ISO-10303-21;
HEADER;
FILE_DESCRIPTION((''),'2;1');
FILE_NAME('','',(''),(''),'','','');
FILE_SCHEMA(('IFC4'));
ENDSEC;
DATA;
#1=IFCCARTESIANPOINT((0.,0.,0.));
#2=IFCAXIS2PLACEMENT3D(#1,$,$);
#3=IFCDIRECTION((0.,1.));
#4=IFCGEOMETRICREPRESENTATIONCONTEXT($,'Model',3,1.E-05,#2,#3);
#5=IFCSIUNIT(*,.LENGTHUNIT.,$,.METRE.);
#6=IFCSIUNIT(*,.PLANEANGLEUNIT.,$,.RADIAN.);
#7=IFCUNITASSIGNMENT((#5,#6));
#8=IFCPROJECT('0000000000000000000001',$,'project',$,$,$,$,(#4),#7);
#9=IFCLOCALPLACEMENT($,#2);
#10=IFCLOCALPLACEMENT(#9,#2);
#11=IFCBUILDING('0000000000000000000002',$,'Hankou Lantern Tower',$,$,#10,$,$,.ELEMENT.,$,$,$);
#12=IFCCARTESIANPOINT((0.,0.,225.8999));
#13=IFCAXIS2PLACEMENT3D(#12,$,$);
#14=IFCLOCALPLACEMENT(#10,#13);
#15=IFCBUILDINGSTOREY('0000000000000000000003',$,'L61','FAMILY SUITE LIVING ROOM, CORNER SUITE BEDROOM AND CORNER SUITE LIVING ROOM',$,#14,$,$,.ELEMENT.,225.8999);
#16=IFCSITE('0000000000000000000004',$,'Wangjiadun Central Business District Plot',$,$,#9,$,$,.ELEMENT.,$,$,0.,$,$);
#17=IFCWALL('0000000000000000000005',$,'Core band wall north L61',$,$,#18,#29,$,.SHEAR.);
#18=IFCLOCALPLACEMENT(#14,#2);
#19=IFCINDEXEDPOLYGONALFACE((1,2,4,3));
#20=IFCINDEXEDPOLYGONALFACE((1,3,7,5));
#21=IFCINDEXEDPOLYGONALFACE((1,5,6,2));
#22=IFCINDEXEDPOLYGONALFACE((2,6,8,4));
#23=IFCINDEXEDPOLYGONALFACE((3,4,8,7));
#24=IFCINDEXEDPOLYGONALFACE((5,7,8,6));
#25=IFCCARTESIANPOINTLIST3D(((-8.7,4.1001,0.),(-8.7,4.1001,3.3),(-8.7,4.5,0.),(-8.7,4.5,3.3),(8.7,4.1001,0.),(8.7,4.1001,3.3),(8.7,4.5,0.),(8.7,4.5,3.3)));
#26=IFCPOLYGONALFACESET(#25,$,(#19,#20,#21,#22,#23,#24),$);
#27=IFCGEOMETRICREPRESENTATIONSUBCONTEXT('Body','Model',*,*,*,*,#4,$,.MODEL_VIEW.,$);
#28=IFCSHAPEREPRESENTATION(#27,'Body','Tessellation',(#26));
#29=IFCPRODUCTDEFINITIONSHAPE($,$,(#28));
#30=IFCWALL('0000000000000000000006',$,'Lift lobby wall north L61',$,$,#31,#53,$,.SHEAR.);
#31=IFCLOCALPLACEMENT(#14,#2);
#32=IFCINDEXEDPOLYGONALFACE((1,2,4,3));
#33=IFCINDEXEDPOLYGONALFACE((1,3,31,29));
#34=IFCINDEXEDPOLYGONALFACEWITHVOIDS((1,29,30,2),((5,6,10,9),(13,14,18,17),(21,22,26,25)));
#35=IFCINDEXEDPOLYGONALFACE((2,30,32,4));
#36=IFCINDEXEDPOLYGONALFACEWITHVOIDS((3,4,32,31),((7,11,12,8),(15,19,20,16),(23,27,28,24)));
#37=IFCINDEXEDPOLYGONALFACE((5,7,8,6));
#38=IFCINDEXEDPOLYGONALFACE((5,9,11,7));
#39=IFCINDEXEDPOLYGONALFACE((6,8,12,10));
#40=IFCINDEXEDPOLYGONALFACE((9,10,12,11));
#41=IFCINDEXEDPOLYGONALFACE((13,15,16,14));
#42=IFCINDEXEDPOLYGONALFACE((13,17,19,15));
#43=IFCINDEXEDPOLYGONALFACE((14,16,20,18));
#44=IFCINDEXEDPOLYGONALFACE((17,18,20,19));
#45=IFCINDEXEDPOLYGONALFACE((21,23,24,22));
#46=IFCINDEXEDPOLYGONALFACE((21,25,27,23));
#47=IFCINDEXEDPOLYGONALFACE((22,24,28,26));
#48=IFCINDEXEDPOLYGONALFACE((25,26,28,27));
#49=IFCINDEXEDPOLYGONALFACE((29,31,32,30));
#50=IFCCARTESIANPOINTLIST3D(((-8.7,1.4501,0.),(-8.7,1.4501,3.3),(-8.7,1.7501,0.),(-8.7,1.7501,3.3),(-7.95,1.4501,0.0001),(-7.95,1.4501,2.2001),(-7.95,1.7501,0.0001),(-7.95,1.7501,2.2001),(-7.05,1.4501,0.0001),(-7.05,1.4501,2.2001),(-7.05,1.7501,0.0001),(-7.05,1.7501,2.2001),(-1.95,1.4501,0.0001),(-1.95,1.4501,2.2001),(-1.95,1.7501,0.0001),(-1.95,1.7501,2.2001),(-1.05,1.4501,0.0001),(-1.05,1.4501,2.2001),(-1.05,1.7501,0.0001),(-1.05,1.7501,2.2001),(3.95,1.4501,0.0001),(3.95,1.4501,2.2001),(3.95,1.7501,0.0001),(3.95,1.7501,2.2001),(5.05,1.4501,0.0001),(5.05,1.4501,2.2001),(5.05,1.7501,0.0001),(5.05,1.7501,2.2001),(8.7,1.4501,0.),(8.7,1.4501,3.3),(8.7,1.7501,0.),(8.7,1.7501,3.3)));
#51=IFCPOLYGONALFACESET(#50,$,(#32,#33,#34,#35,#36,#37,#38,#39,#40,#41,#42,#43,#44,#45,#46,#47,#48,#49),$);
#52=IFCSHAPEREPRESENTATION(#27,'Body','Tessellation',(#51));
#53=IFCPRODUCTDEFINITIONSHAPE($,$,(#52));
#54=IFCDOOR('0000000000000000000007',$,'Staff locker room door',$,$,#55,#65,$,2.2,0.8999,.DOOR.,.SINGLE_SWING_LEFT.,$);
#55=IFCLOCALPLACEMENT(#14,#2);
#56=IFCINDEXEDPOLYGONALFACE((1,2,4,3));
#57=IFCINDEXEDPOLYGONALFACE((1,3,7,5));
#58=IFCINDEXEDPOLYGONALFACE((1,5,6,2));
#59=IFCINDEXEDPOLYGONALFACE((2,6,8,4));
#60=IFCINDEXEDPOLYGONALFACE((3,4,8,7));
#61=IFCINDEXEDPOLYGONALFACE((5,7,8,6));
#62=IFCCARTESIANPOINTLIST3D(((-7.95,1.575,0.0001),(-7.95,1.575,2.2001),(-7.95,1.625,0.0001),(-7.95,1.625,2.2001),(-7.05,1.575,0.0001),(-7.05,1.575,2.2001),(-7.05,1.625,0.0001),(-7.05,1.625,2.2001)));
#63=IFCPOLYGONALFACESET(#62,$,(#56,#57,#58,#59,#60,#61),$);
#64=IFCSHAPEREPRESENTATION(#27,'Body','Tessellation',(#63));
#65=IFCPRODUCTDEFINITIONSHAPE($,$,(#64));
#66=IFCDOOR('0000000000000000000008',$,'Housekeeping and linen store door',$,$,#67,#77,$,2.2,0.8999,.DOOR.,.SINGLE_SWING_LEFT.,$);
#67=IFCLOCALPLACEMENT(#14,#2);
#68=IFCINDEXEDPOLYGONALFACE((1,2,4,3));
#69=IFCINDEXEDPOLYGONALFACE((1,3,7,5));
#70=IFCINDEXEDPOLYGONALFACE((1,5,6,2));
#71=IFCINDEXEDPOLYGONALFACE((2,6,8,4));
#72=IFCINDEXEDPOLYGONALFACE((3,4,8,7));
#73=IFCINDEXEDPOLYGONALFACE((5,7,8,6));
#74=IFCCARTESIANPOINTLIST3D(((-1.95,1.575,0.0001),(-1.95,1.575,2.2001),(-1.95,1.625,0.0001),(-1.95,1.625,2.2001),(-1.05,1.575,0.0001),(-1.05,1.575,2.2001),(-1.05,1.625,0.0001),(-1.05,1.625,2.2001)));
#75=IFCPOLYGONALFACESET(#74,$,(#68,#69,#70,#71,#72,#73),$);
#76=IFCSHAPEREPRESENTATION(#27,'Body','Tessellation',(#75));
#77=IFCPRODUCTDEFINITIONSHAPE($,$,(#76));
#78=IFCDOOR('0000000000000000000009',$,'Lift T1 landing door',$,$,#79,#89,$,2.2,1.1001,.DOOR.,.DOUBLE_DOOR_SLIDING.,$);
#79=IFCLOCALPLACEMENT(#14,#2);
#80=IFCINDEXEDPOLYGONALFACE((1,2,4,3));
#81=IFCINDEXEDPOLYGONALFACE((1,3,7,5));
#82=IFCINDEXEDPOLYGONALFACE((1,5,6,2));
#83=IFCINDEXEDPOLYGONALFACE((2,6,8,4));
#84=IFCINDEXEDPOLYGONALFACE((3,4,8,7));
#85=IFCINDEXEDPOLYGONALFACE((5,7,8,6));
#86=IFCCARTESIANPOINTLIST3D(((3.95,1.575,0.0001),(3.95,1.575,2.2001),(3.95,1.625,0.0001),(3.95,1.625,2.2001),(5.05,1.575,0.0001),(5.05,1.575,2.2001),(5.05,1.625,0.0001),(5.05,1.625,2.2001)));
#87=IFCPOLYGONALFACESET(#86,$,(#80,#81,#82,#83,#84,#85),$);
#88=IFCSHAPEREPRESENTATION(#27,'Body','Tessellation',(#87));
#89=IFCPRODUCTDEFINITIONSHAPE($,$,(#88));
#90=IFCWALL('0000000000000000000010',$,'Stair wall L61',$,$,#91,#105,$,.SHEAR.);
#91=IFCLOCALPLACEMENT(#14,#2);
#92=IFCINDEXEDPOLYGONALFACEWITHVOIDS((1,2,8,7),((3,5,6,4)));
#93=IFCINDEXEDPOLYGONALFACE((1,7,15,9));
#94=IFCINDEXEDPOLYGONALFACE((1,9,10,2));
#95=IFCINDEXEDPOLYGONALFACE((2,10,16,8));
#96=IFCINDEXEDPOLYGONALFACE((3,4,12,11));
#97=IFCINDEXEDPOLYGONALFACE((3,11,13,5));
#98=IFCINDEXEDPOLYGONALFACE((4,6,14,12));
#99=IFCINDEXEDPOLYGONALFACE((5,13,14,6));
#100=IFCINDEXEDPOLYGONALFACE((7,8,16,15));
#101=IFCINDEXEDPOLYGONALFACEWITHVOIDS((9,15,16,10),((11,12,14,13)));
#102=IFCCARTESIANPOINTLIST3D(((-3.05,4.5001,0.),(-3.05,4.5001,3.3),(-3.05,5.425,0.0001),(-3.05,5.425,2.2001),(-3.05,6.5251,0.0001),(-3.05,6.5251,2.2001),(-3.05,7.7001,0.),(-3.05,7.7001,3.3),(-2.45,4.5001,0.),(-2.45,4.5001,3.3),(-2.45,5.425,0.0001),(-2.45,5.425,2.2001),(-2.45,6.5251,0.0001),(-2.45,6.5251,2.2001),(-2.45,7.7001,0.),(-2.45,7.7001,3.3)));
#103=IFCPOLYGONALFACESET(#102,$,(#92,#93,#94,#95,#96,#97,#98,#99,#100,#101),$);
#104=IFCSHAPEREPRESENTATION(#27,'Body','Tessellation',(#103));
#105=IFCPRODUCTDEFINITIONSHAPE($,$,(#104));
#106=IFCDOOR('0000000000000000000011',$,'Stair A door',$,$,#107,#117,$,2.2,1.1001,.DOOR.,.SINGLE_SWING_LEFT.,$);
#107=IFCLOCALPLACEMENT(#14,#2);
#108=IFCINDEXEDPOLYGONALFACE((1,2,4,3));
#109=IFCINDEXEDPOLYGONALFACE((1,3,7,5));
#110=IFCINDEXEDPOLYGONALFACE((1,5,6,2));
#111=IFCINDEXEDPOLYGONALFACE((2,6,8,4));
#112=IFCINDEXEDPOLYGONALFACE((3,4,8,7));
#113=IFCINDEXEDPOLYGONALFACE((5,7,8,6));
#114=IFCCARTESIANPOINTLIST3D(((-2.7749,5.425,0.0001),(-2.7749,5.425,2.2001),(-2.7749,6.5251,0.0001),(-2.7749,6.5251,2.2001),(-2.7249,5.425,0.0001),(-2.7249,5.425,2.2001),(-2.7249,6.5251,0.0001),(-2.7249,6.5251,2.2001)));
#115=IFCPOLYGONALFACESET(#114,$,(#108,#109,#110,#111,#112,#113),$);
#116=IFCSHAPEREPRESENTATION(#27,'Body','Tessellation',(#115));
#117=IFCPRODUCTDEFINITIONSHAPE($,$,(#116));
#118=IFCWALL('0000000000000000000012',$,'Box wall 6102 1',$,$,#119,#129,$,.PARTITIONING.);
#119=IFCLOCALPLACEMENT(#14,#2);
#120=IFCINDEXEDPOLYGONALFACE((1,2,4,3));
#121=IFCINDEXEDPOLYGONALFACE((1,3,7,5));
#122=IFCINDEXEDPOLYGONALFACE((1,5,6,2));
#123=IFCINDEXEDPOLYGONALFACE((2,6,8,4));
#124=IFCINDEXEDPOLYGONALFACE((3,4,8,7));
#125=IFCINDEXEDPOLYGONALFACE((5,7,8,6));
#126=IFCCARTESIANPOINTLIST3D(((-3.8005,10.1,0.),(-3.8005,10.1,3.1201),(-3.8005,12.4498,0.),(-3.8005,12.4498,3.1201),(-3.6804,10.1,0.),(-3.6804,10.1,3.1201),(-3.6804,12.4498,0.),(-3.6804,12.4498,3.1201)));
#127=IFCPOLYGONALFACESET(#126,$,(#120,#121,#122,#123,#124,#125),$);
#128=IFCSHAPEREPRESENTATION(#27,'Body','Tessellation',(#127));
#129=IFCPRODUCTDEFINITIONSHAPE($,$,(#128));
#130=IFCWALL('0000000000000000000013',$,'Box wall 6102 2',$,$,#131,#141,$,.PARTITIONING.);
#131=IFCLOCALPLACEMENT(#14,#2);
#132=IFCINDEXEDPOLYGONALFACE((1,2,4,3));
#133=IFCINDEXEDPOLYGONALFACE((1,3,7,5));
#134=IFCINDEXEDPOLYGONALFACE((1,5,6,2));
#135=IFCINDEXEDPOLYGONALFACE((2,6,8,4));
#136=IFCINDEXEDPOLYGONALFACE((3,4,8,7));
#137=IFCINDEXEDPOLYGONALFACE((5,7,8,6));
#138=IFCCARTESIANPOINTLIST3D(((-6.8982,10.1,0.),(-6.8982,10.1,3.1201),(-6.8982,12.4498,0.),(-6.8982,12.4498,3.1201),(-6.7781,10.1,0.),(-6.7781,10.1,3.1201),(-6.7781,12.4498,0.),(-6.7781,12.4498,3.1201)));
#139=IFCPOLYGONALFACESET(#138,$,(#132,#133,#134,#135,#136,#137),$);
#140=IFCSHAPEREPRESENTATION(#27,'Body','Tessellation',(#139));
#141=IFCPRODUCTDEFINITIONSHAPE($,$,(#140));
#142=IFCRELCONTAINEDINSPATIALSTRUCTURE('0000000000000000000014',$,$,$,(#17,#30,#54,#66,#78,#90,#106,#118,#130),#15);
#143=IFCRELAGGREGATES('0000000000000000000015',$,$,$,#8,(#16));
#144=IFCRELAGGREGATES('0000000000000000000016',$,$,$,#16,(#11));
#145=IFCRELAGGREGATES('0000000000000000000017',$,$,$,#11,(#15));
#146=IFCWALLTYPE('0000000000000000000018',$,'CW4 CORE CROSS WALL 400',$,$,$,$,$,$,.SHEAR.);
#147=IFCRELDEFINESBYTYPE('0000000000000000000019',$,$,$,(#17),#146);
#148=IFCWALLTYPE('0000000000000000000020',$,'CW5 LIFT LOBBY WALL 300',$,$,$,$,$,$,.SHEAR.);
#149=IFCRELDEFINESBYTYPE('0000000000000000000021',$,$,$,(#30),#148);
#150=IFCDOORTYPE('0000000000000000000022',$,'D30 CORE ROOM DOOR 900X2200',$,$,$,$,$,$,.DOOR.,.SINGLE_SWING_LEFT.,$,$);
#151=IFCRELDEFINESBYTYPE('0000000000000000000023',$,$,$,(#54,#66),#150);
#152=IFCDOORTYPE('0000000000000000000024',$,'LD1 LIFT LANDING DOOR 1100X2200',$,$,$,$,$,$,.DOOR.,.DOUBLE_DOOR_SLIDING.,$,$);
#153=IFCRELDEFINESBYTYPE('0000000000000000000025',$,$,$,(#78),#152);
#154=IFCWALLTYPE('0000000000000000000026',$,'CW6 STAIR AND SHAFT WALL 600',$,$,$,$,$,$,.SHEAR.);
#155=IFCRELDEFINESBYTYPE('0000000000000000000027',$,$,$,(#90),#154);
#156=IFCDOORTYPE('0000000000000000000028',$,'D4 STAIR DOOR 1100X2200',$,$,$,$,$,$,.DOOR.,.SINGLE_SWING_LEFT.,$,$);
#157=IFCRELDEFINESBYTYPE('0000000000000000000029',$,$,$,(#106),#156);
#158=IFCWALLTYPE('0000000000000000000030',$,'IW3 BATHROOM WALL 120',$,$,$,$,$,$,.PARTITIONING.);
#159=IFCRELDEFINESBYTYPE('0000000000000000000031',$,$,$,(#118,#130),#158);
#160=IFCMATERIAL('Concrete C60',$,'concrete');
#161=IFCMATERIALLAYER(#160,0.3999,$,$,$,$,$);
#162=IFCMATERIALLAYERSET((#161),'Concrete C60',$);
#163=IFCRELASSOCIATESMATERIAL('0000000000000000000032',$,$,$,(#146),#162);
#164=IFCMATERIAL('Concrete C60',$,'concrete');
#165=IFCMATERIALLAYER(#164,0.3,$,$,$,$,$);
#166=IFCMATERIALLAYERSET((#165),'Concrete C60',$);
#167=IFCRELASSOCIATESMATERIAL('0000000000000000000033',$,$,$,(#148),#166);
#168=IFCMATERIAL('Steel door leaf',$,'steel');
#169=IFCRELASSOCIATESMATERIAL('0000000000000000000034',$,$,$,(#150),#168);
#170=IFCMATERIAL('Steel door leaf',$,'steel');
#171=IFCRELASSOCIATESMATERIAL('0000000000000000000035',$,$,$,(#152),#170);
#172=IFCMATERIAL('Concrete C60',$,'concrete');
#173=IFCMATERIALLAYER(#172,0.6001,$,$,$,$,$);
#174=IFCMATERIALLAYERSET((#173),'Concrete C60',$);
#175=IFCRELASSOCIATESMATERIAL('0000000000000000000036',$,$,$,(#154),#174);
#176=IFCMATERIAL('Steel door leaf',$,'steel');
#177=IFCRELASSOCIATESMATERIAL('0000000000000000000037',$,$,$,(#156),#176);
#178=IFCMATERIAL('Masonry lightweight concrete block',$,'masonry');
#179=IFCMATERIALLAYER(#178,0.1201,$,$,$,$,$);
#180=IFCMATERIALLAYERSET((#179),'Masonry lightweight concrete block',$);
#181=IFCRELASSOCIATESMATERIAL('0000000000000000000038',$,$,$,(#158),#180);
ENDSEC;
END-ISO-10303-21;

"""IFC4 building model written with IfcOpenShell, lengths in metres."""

from ifc_helpers import new_model, si_unit, direction, frame, frame_2d, origin, place, context, subcontext, project, spatial, rectangle, extrude, material, layer, layer_set, type_object, element, fill, save


model = new_model("IFC4")

# Units and contexts
model_context = context("Model", 3, precision=1e-05, world=origin(), true_north=direction((0.0, 1.0)))
body_context = subcontext(model_context, "Body", "Model", "MODEL_VIEW")
ifc_project = project(units=[si_unit("LENGTHUNIT", "METRE"), si_unit("PLANEANGLEUNIT", "RADIAN")], contexts=[model_context])

# Site, building, storey
site_placement = place(None, origin())
site = spatial("IfcSite", under=ifc_project, at=site_placement, Name="Wangjiadun Central Business District Plot", CompositionType="ELEMENT", RefElevation=0.0)
building_placement = place(site_placement, origin())
building = spatial("IfcBuilding", under=site, at=building_placement, Name="Hankou Lantern Tower", CompositionType="ELEMENT")
storey_placement = place(building_placement, frame((0.0, 0.0, 225.8999)))
storey = spatial("IfcBuildingStorey", under=building, at=storey_placement, Name="L61", Description="FAMILY SUITE LIVING ROOM, CORNER SUITE BEDROOM AND CORNER SUITE LIVING ROOM", CompositionType="ELEMENT", Elevation=225.8999)

# Wall
ifc_material_1 = material(Name="Concrete C60", Category="concrete")
ifc_layer_1 = layer(ifc_material_1, 0.3999)
ifc_layer_set_1 = layer_set([ifc_layer_1], Name="Concrete C60")
wall_type_1 = type_object("IfcWallType", Name="CW4 CORE CROSS WALL 400", PredefinedType="SHEAR", material=ifc_layer_set_1)
wall_1_placement = place(storey_placement, frame((-8.7, 4.3, 0.0), z_axis=(0.0, 0.0, 1.0), x_axis=(1.0, 0.0, 0.0)))
element("IfcWall", 1, at=wall_1_placement, inside=storey, type_object=wall_type_1, Name="Core band wall north L61", PredefinedType="SHEAR", context=body_context, shape_type="SweptSolid", body=[
    extrude(rectangle(XDim=17.3999, YDim=0.3999, at=frame_2d((8.7, 0.0))), origin(), (0.0, 0.0, 1.0), 3.3),
])

# Wall, openings, doors
ifc_material_2 = material(Name="Concrete C60", Category="concrete")
ifc_layer_2 = layer(ifc_material_2, 0.3)
ifc_layer_set_2 = layer_set([ifc_layer_2], Name="Concrete C60")
wall_type_2 = type_object("IfcWallType", Name="CW5 LIFT LOBBY WALL 300", PredefinedType="SHEAR", material=ifc_layer_set_2)
wall_2_placement = place(storey_placement, frame((-8.7, 1.6001, 0.0), z_axis=(0.0, 0.0, 1.0), x_axis=(1.0, 0.0, 0.0)))
wall_2 = element("IfcWall", 2, at=wall_2_placement, inside=storey, type_object=wall_type_2, Name="Lift lobby wall north L61", PredefinedType="SHEAR", context=body_context, shape_type="SweptSolid", body=[
    extrude(rectangle(XDim=17.3999, YDim=0.3, at=frame_2d((8.7, 0.0))), origin(), (0.0, 0.0, 1.0), 3.3),
])
opening_1_placement = place(wall_2_placement, frame((12.6499, 0.0, 0.0)))
opening_1 = element("IfcOpeningElement", 3, at=opening_1_placement, cuts=wall_2, PredefinedType="OPENING", context=body_context, shape_type="SweptSolid", body=[
    extrude(rectangle(XDim=1.1001, YDim=2.2, at=frame_2d((0.55, 1.1001))), frame((0.0, 0.1599, 0.0), z_axis=(0.0, -1.0, 0.0), x_axis=(1.0, 0.0, 0.0)), (0.0, 0.0, 1.0), 0.3201),
])
opening_2_placement = place(wall_2_placement, frame((0.75, 0.0, 0.0)))
opening_2 = element("IfcOpeningElement", 4, at=opening_2_placement, cuts=wall_2, PredefinedType="OPENING", context=body_context, shape_type="SweptSolid", body=[
    extrude(rectangle(XDim=0.8999, YDim=2.2, at=frame_2d((0.45, 1.1001))), frame((0.0, 0.1599, 0.0), z_axis=(0.0, -1.0, 0.0), x_axis=(1.0, 0.0, 0.0)), (0.0, 0.0, 1.0), 0.3201),
])
opening_3_placement = place(wall_2_placement, frame((6.75, 0.0, 0.0)))
opening_3 = element("IfcOpeningElement", 5, at=opening_3_placement, cuts=wall_2, PredefinedType="OPENING", context=body_context, shape_type="SweptSolid", body=[
    extrude(rectangle(XDim=0.8999, YDim=2.2, at=frame_2d((0.45, 1.1001))), frame((0.0, 0.1599, 0.0), z_axis=(0.0, -1.0, 0.0), x_axis=(1.0, 0.0, 0.0)), (0.0, 0.0, 1.0), 0.3201),
])
ifc_material_3 = material(Name="Steel door leaf", Category="steel")
door_type_1 = type_object("IfcDoorType", Name="D30 CORE ROOM DOOR 900X2200", OperationType="SINGLE_SWING_LEFT", PredefinedType="DOOR", material=ifc_material_3)
door_1_placement = place(opening_2_placement, origin())
door_1 = element("IfcDoor", 6, at=door_1_placement, inside=storey, type_object=door_type_1, Name="Staff locker room door", OperationType="SINGLE_SWING_LEFT", OverallHeight=2.2, OverallWidth=0.8999, PredefinedType="DOOR", context=body_context, shape_type="SweptSolid", body=[
    extrude(rectangle(XDim=0.8999, YDim=2.2, at=frame_2d((0.45, 1.1001))), frame((0.0, 0.0249, 0.0), z_axis=(0.0, -1.0, 0.0), x_axis=(1.0, 0.0, 0.0)), (0.0, 0.0, 1.0), 0.05),
])
fill(opening_2, door_1)
door_2_placement = place(opening_3_placement, origin())
door_2 = element("IfcDoor", 7, at=door_2_placement, inside=storey, type_object=door_type_1, Name="Housekeeping and linen store door", OperationType="SINGLE_SWING_LEFT", OverallHeight=2.2, OverallWidth=0.8999, PredefinedType="DOOR", context=body_context, shape_type="SweptSolid", body=[
    extrude(rectangle(XDim=0.8999, YDim=2.2, at=frame_2d((0.45, 1.1001))), frame((0.0, 0.0249, 0.0), z_axis=(0.0, -1.0, 0.0), x_axis=(1.0, 0.0, 0.0)), (0.0, 0.0, 1.0), 0.05),
])
fill(opening_3, door_2)
ifc_material_4 = material(Name="Steel door leaf", Category="steel")
door_type_2 = type_object("IfcDoorType", Name="LD1 LIFT LANDING DOOR 1100X2200", OperationType="DOUBLE_DOOR_SLIDING", PredefinedType="DOOR", material=ifc_material_4)
door_3_placement = place(opening_1_placement, origin())
door_3 = element("IfcDoor", 8, at=door_3_placement, inside=storey, type_object=door_type_2, Name="Lift T1 landing door", OperationType="DOUBLE_DOOR_SLIDING", OverallHeight=2.2, OverallWidth=1.1001, PredefinedType="DOOR", context=body_context, shape_type="SweptSolid", body=[
    extrude(rectangle(XDim=1.1001, YDim=2.2, at=frame_2d((0.55, 1.1001))), frame((0.0, 0.0249, 0.0), z_axis=(0.0, -1.0, 0.0), x_axis=(1.0, 0.0, 0.0)), (0.0, 0.0, 1.0), 0.05),
])
fill(opening_1, door_3)

# Wall, opening, door
ifc_material_5 = material(Name="Concrete C60", Category="concrete")
ifc_layer_3 = layer(ifc_material_5, 0.6001)
ifc_layer_set_3 = layer_set([ifc_layer_3], Name="Concrete C60")
wall_type_3 = type_object("IfcWallType", Name="CW6 STAIR AND SHAFT WALL 600", PredefinedType="SHEAR", material=ifc_layer_set_3)
wall_3_placement = place(storey_placement, frame((-2.75, 4.5, 0.0), z_axis=(0.0, 0.0, 1.0), x_axis=(0.0, 1.0, 0.0)))
wall_3 = element("IfcWall", 9, at=wall_3_placement, inside=storey, type_object=wall_type_3, Name="Stair wall L61", PredefinedType="SHEAR", context=body_context, shape_type="SweptSolid", body=[
    extrude(rectangle(XDim=3.2, YDim=0.6001, at=frame_2d((1.6001, 0.0))), origin(), (0.0, 0.0, 1.0), 3.3),
])
opening_4_placement = place(wall_3_placement, frame((0.925, 0.0, 0.0)))
opening_4 = element("IfcOpeningElement", 10, at=opening_4_placement, cuts=wall_3, PredefinedType="OPENING", context=body_context, shape_type="SweptSolid", body=[
    extrude(rectangle(XDim=1.1001, YDim=2.2, at=frame_2d((0.55, 1.1001))), frame((0.0, 0.3101, 0.0), z_axis=(0.0, -1.0, 0.0), x_axis=(1.0, 0.0, 0.0)), (0.0, 0.0, 1.0), 0.6201),
])
ifc_material_6 = material(Name="Steel door leaf", Category="steel")
door_type_3 = type_object("IfcDoorType", Name="D4 STAIR DOOR 1100X2200", OperationType="SINGLE_SWING_LEFT", PredefinedType="DOOR", material=ifc_material_6)
door_4_placement = place(opening_4_placement, origin())
door_4 = element("IfcDoor", 11, at=door_4_placement, inside=storey, type_object=door_type_3, Name="Stair A door", OperationType="SINGLE_SWING_LEFT", OverallHeight=2.2, OverallWidth=1.1001, PredefinedType="DOOR", context=body_context, shape_type="SweptSolid", body=[
    extrude(rectangle(XDim=1.1001, YDim=2.2, at=frame_2d((0.55, 1.1001))), frame((0.0, 0.0249, 0.0), z_axis=(0.0, -1.0, 0.0), x_axis=(1.0, 0.0, 0.0)), (0.0, 0.0, 1.0), 0.05),
])
fill(opening_4, door_4)

# Walls
ifc_material_7 = material(Name="Masonry lightweight concrete block", Category="masonry")
ifc_layer_4 = layer(ifc_material_7, 0.1201)
ifc_layer_set_4 = layer_set([ifc_layer_4], Name="Masonry lightweight concrete block")
wall_type_4 = type_object("IfcWallType", Name="IW3 BATHROOM WALL 120", PredefinedType="PARTITIONING", material=ifc_layer_set_4)
for number, where, z_axis, x_axis, name in (
    (12, (-3.7405, 10.1001, 0.0), (0.0, 0.0, 1.0), (0.0, 1.0, 0.0), "Box wall 6102 1"),
    (13, (-6.8381, 10.1001, 0.0), (0.0, 0.0, 1.0), (0.0, 1.0, 0.0), "Box wall 6102 2"),
):
    element("IfcWall", number, at=place(storey_placement, frame(where, z_axis=z_axis, x_axis=x_axis)), inside=storey, type_object=wall_type_4, Name=name, PredefinedType="PARTITIONING", context=body_context, shape_type="SweptSolid", body=[
        extrude(rectangle(XDim=2.3499, YDim=0.1201, at=frame_2d((1.1748, 0.0))), origin(), (0.0, 0.0, 1.0), 3.1201),
    ])

save(model, "model.ifc")
